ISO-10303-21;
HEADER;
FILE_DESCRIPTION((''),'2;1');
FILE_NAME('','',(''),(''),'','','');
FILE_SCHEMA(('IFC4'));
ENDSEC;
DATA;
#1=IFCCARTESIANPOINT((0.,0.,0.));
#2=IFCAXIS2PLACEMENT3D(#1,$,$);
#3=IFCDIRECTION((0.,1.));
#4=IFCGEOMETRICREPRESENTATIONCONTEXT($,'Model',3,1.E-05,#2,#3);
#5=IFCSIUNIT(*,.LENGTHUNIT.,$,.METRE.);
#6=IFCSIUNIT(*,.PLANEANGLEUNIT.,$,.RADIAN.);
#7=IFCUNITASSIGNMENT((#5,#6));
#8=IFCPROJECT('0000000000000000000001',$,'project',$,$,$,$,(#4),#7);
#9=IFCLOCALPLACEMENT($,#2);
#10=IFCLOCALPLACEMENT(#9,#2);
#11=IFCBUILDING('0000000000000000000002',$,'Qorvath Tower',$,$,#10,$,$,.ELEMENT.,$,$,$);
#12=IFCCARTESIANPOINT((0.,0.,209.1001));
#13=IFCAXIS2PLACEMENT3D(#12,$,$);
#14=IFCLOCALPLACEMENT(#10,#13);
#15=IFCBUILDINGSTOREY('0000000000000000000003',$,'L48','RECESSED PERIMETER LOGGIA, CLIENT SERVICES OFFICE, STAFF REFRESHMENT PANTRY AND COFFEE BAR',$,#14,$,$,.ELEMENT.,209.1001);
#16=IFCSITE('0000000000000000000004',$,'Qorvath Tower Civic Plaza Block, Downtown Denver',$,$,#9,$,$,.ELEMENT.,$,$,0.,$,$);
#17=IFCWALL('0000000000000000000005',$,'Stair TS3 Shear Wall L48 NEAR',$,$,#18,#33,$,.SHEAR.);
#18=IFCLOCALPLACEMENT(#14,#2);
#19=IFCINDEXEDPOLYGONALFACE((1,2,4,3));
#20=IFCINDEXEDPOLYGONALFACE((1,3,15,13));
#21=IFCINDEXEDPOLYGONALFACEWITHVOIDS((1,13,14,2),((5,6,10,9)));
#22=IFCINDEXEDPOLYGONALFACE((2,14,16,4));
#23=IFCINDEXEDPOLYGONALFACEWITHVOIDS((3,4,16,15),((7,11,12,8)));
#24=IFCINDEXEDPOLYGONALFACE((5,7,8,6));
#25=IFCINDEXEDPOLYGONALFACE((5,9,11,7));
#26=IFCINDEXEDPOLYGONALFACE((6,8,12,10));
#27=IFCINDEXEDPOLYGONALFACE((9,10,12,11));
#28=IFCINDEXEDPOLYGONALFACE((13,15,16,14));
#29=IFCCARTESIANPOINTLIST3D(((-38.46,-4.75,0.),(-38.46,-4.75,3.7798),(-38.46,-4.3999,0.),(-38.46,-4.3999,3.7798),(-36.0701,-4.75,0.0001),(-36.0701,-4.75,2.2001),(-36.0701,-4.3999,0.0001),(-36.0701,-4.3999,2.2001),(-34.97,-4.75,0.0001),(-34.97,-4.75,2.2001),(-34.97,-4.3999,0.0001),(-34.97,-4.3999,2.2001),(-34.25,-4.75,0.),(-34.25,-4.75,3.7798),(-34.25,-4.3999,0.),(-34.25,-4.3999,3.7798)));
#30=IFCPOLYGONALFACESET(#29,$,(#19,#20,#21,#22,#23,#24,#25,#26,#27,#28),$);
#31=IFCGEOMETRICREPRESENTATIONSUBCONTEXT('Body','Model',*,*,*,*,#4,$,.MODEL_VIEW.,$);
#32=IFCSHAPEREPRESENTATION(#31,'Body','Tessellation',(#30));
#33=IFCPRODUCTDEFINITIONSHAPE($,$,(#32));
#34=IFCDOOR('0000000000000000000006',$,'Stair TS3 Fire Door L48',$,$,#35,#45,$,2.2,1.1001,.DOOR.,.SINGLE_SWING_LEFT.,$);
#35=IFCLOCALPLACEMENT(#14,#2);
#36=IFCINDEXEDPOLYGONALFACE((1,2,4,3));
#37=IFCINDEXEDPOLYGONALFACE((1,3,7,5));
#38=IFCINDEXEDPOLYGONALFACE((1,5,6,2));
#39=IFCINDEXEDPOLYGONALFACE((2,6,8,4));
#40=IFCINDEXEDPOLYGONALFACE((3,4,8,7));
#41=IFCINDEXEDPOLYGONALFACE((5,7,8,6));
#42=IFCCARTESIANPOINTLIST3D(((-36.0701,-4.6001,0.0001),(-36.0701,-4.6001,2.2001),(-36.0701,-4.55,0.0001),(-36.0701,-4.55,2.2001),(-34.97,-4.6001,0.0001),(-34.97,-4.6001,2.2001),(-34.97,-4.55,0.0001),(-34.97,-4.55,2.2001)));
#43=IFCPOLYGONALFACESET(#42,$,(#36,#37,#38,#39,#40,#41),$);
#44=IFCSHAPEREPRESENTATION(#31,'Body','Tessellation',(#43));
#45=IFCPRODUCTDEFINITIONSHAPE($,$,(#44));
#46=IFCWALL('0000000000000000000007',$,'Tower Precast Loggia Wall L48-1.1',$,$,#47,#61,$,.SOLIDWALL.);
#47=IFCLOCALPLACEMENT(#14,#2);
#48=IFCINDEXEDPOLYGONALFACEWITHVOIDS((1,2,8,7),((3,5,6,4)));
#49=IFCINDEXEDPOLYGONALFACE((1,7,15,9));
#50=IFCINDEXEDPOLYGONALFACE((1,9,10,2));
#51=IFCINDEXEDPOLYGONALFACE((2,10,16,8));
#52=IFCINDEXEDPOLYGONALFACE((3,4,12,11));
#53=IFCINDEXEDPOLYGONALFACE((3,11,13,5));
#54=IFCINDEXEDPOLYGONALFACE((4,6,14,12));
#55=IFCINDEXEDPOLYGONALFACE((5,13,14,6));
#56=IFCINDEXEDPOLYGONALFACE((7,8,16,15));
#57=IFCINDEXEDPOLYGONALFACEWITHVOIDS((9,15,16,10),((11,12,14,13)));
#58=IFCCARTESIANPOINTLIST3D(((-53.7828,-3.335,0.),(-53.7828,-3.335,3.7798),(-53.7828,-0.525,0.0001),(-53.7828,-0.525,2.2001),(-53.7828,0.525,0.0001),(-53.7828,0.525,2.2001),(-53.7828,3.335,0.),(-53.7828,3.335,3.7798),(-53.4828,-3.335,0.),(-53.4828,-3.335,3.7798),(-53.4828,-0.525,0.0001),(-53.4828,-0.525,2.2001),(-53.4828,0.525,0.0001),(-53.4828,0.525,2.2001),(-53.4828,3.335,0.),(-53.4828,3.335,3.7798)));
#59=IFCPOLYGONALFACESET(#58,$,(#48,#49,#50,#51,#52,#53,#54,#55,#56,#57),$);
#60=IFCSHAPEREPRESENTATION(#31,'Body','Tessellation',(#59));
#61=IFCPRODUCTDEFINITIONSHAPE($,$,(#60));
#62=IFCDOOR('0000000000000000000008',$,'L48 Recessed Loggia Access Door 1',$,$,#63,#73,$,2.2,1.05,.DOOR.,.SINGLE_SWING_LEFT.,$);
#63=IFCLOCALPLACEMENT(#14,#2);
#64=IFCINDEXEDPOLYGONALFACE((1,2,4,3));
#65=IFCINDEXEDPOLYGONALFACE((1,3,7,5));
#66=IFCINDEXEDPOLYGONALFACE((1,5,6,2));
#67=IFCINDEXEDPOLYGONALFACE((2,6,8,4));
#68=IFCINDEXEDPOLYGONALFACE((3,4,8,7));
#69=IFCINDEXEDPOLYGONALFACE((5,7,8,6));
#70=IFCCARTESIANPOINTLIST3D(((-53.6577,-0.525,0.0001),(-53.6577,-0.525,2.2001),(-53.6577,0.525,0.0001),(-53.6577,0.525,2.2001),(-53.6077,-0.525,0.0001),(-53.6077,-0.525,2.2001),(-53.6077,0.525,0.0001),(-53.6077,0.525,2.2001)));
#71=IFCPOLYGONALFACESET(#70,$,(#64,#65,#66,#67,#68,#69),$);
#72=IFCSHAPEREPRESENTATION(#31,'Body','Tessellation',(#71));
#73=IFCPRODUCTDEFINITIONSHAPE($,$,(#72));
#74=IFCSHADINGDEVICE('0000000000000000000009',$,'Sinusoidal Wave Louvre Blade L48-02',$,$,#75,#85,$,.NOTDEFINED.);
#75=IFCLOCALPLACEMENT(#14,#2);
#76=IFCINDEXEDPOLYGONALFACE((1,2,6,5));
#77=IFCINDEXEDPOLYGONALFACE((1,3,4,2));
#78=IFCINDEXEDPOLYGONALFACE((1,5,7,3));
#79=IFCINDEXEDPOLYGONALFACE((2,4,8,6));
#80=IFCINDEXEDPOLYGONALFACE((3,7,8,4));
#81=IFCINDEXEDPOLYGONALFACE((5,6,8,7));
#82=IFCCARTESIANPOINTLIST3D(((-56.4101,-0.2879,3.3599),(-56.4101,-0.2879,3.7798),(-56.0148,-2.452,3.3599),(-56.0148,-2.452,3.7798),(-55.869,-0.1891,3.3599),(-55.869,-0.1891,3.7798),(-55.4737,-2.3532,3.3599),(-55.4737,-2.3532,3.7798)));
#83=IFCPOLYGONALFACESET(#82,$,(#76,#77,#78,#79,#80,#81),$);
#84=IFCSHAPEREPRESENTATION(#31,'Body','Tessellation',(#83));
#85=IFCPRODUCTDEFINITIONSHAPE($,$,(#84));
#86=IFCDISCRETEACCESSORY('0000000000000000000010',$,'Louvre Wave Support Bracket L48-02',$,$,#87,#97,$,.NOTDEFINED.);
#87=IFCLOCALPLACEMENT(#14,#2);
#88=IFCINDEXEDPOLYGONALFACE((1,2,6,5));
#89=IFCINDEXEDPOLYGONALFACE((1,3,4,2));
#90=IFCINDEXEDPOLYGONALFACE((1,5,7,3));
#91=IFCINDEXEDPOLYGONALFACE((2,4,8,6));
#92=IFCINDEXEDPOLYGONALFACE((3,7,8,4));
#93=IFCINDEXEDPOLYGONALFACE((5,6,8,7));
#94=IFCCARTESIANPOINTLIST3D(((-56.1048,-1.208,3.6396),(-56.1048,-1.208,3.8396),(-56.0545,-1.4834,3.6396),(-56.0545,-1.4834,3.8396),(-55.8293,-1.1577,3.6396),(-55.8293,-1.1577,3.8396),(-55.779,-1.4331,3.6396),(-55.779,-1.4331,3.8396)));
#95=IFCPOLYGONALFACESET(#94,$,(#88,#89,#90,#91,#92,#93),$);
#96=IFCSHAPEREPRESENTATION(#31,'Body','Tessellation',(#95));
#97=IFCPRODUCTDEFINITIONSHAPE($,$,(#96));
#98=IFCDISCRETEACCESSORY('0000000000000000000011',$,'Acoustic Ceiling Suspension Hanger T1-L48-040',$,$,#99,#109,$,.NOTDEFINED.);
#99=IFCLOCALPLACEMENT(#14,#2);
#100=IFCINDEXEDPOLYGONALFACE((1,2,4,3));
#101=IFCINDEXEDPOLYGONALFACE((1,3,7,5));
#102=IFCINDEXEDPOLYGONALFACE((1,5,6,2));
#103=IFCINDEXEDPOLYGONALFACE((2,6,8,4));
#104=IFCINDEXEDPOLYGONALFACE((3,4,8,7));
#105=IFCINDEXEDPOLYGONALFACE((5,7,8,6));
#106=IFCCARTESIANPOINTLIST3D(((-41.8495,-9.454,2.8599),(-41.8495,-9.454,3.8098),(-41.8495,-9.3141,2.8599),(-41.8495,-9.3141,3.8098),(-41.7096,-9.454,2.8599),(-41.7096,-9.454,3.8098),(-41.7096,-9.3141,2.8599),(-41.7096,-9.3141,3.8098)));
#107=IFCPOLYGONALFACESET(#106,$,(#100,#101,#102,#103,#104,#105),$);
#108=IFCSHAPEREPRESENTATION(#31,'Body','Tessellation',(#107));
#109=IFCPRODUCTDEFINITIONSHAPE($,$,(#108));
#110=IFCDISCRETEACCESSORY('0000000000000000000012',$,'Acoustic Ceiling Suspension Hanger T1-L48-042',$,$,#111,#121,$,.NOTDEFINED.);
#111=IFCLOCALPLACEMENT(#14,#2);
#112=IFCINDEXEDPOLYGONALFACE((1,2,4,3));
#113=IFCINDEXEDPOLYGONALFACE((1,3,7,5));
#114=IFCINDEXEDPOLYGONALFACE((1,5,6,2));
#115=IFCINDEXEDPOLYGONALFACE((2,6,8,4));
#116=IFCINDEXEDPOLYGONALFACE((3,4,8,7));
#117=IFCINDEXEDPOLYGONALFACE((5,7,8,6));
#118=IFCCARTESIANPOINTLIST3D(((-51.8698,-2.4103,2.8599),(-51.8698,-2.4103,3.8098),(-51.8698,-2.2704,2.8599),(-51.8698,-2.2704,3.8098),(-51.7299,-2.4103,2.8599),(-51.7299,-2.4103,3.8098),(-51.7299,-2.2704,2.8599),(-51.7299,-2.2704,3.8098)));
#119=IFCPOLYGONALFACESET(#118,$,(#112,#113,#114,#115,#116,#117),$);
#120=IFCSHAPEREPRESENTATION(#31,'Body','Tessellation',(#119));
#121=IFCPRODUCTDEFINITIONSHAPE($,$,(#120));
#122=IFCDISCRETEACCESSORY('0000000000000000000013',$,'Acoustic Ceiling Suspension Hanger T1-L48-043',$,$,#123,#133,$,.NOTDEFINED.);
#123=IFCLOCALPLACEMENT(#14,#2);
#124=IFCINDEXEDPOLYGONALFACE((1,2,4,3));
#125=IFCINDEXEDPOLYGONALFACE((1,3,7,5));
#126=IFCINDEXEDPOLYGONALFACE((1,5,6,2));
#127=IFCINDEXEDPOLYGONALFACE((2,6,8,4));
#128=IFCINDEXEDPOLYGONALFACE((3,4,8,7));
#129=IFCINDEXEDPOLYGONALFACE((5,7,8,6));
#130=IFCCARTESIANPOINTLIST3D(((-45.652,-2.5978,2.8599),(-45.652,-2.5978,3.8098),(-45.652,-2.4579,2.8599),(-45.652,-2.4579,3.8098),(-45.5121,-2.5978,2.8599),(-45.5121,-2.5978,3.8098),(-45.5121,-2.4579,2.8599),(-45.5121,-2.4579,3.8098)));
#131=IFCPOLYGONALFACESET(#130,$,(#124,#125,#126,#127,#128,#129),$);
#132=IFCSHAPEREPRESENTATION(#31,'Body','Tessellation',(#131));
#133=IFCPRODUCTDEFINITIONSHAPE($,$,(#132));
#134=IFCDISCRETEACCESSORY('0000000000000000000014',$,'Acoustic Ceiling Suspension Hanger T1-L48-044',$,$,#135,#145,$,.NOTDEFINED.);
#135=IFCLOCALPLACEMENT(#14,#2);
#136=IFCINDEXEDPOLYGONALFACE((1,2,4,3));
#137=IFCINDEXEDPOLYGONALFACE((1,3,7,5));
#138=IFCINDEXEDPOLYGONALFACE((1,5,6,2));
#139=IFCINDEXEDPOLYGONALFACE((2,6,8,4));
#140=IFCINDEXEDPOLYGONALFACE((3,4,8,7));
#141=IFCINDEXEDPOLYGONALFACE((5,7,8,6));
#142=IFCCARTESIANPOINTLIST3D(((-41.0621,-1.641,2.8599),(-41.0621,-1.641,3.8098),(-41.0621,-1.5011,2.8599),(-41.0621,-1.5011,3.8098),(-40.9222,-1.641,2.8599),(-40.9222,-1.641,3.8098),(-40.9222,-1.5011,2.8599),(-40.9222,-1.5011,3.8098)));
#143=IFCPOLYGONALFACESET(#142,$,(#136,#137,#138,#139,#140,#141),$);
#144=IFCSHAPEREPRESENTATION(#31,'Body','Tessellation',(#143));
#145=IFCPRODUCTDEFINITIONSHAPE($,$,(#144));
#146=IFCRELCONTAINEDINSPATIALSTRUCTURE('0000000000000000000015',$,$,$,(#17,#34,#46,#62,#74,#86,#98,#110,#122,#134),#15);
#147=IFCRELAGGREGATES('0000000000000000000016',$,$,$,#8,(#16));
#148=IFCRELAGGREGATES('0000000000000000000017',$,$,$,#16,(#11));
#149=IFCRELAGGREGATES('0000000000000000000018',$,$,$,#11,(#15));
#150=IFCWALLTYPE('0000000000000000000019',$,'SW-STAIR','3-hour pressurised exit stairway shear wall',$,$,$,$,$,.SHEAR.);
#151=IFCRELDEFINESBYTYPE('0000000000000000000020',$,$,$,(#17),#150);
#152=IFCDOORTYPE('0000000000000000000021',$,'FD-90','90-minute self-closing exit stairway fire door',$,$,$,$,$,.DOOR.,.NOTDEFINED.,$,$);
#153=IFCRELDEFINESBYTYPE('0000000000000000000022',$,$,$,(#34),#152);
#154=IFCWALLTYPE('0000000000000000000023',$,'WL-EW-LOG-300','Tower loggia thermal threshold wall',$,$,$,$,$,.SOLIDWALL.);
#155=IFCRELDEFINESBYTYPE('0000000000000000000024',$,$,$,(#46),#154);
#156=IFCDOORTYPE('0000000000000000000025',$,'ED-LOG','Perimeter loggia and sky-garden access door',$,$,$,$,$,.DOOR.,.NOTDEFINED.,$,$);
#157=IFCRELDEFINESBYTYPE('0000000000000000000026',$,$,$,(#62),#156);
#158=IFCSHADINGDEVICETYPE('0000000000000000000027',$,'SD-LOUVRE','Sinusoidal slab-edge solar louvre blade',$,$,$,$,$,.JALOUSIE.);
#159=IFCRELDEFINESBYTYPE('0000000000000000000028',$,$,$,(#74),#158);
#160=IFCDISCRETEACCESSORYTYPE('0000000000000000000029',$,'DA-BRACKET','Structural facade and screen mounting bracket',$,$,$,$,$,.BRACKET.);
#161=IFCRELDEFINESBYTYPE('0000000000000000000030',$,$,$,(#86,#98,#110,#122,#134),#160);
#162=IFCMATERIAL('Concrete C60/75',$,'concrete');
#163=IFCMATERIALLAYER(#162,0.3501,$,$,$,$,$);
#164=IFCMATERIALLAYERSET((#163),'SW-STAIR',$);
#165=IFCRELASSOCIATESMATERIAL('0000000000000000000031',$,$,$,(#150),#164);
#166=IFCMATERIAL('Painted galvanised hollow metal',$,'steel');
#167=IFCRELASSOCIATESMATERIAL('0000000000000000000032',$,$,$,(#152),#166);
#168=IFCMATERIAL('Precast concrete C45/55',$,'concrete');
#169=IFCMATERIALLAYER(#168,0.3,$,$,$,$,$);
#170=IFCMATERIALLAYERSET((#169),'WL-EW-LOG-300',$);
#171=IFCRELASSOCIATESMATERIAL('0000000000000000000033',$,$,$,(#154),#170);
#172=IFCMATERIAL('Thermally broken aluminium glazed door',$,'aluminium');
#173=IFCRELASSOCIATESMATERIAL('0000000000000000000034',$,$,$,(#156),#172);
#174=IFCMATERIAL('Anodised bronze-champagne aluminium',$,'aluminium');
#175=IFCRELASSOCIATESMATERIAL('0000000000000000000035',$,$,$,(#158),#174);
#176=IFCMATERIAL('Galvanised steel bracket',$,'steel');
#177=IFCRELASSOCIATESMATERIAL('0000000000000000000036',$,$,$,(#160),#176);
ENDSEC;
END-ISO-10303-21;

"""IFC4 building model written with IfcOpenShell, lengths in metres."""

from ifc_helpers import new_model, si_unit, direction, frame, frame_2d, origin, origin_2d, place, context, subcontext, project, spatial, rectangle, extrude, material, layer, layer_set, type_object, element, fill, save


model = new_model("IFC4")

# Units and contexts
model_context = context("Model", 3, precision=1e-05, world=origin(), true_north=direction((0.0, 1.0)))
body_context = subcontext(model_context, "Body", "Model", "MODEL_VIEW")
ifc_project = project(units=[si_unit("LENGTHUNIT", "METRE"), si_unit("PLANEANGLEUNIT", "RADIAN")], contexts=[model_context])

# Site, building, storey
site_placement = place(None, origin())
site = spatial("IfcSite", under=ifc_project, at=site_placement, Name="Qorvath Tower Civic Plaza Block, Downtown Denver", CompositionType="ELEMENT", RefElevation=0.0)
building_placement = place(site_placement, origin())
building = spatial("IfcBuilding", under=site, at=building_placement, Name="Qorvath Tower", CompositionType="ELEMENT")
storey_placement = place(building_placement, frame((0.0, 0.0, 209.1001)))
storey = spatial("IfcBuildingStorey", under=building, at=storey_placement, Name="L48", Description="RECESSED PERIMETER LOGGIA, CLIENT SERVICES OFFICE, STAFF REFRESHMENT PANTRY AND COFFEE BAR", CompositionType="ELEMENT", Elevation=209.1001)

# Walls, openings, doors
ifc_material_1 = material(Name="Concrete C60/75", Category="concrete")
ifc_layer_1 = layer(ifc_material_1, 0.3501)
ifc_layer_set_1 = layer_set([ifc_layer_1], Name="SW-STAIR")
wall_type_1 = type_object("IfcWallType", Name="SW-STAIR", Description="3-hour pressurised exit stairway shear wall", PredefinedType="SHEAR", material=ifc_layer_set_1)
wall_1_placement = place(storey_placement, frame((-38.46, -4.575, 0.0), z_axis=(0.0, 0.0, 1.0), x_axis=(1.0, 0.0, 0.0)))
wall_1 = element("IfcWall", 1, at=wall_1_placement, inside=storey, type_object=wall_type_1, Name="Stair TS3 Shear Wall L48 NEAR", PredefinedType="SHEAR", context=body_context, shape_type="SweptSolid", body=[
    extrude(rectangle(XDim=4.21, YDim=0.3501, at=frame_2d((2.105, 0.0))), origin(), (0.0, 0.0, 1.0), 3.7798),
])
opening_1_placement = place(wall_1_placement, frame((2.3899, 0.0, 0.0)))
opening_1 = element("IfcOpeningElement", 2, at=opening_1_placement, cuts=wall_1, PredefinedType="OPENING", context=body_context, shape_type="SweptSolid", body=[
    extrude(rectangle(XDim=1.1001, YDim=2.2, at=frame_2d((0.55, 1.1001))), frame((0.0, 0.1851, 0.0), z_axis=(0.0, -1.0, 0.0), x_axis=(1.0, 0.0, 0.0)), (0.0, 0.0, 1.0), 0.3701),
])
ifc_material_2 = material(Name="Painted galvanised hollow metal", Category="steel")
door_type_1 = type_object("IfcDoorType", Name="FD-90", Description="90-minute self-closing exit stairway fire door", OperationType="NOTDEFINED", PredefinedType="DOOR", material=ifc_material_2)
door_1_placement = place(opening_1_placement, origin())
door_1 = element("IfcDoor", 3, at=door_1_placement, inside=storey, type_object=door_type_1, Name="Stair TS3 Fire Door L48", OperationType="SINGLE_SWING_LEFT", OverallHeight=2.2, OverallWidth=1.1001, PredefinedType="DOOR", context=body_context, shape_type="SweptSolid", body=[
    extrude(rectangle(XDim=1.1001, YDim=2.2, at=frame_2d((0.55, 1.1001))), frame((0.0, 0.0249, 0.0), z_axis=(0.0, -1.0, 0.0), x_axis=(1.0, 0.0, 0.0)), (0.0, 0.0, 1.0), 0.05),
])
fill(opening_1, door_1)
ifc_material_3 = material(Name="Precast concrete C45/55", Category="concrete")
ifc_layer_2 = layer(ifc_material_3, 0.3)
ifc_layer_set_2 = layer_set([ifc_layer_2], Name="WL-EW-LOG-300")
wall_type_2 = type_object("IfcWallType", Name="WL-EW-LOG-300", Description="Tower loggia thermal threshold wall", PredefinedType="SOLIDWALL", material=ifc_layer_set_2)
wall_2_placement = place(storey_placement, frame((-53.6328, -3.335, 0.0), z_axis=(0.0, 0.0, 1.0), x_axis=(0.0, 1.0, 0.0)))
wall_2 = element("IfcWall", 4, at=wall_2_placement, inside=storey, type_object=wall_type_2, Name="Tower Precast Loggia Wall L48-1.1", PredefinedType="SOLIDWALL", context=body_context, shape_type="SweptSolid", body=[
    extrude(rectangle(XDim=6.6699, YDim=0.3, at=frame_2d((3.335, 0.0))), origin(), (0.0, 0.0, 1.0), 3.7798),
])
opening_2_placement = place(wall_2_placement, frame((2.8101, 0.0, 0.0)))
opening_2 = element("IfcOpeningElement", 5, at=opening_2_placement, cuts=wall_2, PredefinedType="OPENING", context=body_context, shape_type="SweptSolid", body=[
    extrude(rectangle(XDim=1.05, YDim=2.2, at=frame_2d((0.5249, 1.1001))), frame((0.0, 0.1602, 0.0), z_axis=(0.0, -1.0, 0.0), x_axis=(1.0, 0.0, 0.0)), (0.0, 0.0, 1.0), 0.3201),
])
ifc_material_4 = material(Name="Thermally broken aluminium glazed door", Category="aluminium")
door_type_2 = type_object("IfcDoorType", Name="ED-LOG", Description="Perimeter loggia and sky-garden access door", OperationType="NOTDEFINED", PredefinedType="DOOR", material=ifc_material_4)
door_2_placement = place(opening_2_placement, origin())
door_2 = element("IfcDoor", 6, at=door_2_placement, inside=storey, type_object=door_type_2, Name="L48 Recessed Loggia Access Door 1", OperationType="SINGLE_SWING_LEFT", OverallHeight=2.2, OverallWidth=1.05, PredefinedType="DOOR", context=body_context, shape_type="SweptSolid", body=[
    extrude(rectangle(XDim=1.05, YDim=2.2, at=frame_2d((0.5249, 1.1001))), frame((0.0, 0.0249, 0.0), z_axis=(0.0, -1.0, 0.0), x_axis=(1.0, 0.0, 0.0)), (0.0, 0.0, 1.0), 0.05),
])
fill(opening_2, door_2)

# Shading device
ifc_material_5 = material(Name="Anodised bronze-champagne aluminium", Category="aluminium")
shading_device_type = type_object("IfcShadingDeviceType", Name="SD-LOUVRE", Description="Sinusoidal slab-edge solar louvre blade", PredefinedType="JALOUSIE", material=ifc_material_5)
shading_device_placement = place(storey_placement, frame((-55.9419, -1.3206, 3.3599), z_axis=(0.0, 0.0, 1.0), x_axis=(0.179674, -0.983726, 0.0)))
element("IfcShadingDevice", 7, at=shading_device_placement, inside=storey, type_object=shading_device_type, Name="Sinusoidal Wave Louvre Blade L48-02", PredefinedType="NOTDEFINED", context=body_context, shape_type="SweptSolid", body=[
    extrude(rectangle(XDim=2.2, YDim=0.55, at=origin_2d()), origin(), (0.0, 0.0, 1.0), 0.4199),
])

# Discrete accessories
ifc_material_6 = material(Name="Galvanised steel bracket", Category="steel")
discrete_accessory_type = type_object("IfcDiscreteAccessoryType", Name="DA-BRACKET", Description="Structural facade and screen mounting bracket", PredefinedType="BRACKET", material=ifc_material_6)
discrete_accessory_placement = place(storey_placement, frame((-55.9419, -1.3206, 3.6396), z_axis=(0.0, 0.0, 1.0), x_axis=(0.179674, -0.983726, 0.0)))
element("IfcDiscreteAccessory", 8, at=discrete_accessory_placement, inside=storey, type_object=discrete_accessory_type, Name="Louvre Wave Support Bracket L48-02", PredefinedType="NOTDEFINED", context=body_context, shape_type="SweptSolid", body=[
    extrude(rectangle(XDim=0.28, YDim=0.28, at=origin_2d()), origin(), (0.0, 0.0, 1.0), 0.2),
])
for number, where, z_axis, x_axis, name in (
    (9, (-41.7795, -9.384, 2.8599), (0.0, 0.0, 1.0), (1.0, 0.0, 0.0), "Acoustic Ceiling Suspension Hanger T1-L48-040"),
    (10, (-51.7998, -2.3403, 2.8599), (0.0, 0.0, 1.0), (1.0, 0.0, 0.0), "Acoustic Ceiling Suspension Hanger T1-L48-042"),
    (11, (-45.582, -2.5278, 2.8599), (0.0, 0.0, 1.0), (1.0, 0.0, 0.0), "Acoustic Ceiling Suspension Hanger T1-L48-043"),
    (12, (-40.9922, -1.571, 2.8599), (0.0, 0.0, 1.0), (1.0, 0.0, 0.0), "Acoustic Ceiling Suspension Hanger T1-L48-044"),
):
    element("IfcDiscreteAccessory", number, at=place(storey_placement, frame(where, z_axis=z_axis, x_axis=x_axis)), inside=storey, type_object=discrete_accessory_type, Name=name, PredefinedType="NOTDEFINED", context=body_context, shape_type="SweptSolid", body=[
        extrude(rectangle(XDim=0.1399, YDim=0.1399, at=origin_2d()), origin(), (0.0, 0.0, 1.0), 0.95),
    ])

save(model, "model.ifc")
